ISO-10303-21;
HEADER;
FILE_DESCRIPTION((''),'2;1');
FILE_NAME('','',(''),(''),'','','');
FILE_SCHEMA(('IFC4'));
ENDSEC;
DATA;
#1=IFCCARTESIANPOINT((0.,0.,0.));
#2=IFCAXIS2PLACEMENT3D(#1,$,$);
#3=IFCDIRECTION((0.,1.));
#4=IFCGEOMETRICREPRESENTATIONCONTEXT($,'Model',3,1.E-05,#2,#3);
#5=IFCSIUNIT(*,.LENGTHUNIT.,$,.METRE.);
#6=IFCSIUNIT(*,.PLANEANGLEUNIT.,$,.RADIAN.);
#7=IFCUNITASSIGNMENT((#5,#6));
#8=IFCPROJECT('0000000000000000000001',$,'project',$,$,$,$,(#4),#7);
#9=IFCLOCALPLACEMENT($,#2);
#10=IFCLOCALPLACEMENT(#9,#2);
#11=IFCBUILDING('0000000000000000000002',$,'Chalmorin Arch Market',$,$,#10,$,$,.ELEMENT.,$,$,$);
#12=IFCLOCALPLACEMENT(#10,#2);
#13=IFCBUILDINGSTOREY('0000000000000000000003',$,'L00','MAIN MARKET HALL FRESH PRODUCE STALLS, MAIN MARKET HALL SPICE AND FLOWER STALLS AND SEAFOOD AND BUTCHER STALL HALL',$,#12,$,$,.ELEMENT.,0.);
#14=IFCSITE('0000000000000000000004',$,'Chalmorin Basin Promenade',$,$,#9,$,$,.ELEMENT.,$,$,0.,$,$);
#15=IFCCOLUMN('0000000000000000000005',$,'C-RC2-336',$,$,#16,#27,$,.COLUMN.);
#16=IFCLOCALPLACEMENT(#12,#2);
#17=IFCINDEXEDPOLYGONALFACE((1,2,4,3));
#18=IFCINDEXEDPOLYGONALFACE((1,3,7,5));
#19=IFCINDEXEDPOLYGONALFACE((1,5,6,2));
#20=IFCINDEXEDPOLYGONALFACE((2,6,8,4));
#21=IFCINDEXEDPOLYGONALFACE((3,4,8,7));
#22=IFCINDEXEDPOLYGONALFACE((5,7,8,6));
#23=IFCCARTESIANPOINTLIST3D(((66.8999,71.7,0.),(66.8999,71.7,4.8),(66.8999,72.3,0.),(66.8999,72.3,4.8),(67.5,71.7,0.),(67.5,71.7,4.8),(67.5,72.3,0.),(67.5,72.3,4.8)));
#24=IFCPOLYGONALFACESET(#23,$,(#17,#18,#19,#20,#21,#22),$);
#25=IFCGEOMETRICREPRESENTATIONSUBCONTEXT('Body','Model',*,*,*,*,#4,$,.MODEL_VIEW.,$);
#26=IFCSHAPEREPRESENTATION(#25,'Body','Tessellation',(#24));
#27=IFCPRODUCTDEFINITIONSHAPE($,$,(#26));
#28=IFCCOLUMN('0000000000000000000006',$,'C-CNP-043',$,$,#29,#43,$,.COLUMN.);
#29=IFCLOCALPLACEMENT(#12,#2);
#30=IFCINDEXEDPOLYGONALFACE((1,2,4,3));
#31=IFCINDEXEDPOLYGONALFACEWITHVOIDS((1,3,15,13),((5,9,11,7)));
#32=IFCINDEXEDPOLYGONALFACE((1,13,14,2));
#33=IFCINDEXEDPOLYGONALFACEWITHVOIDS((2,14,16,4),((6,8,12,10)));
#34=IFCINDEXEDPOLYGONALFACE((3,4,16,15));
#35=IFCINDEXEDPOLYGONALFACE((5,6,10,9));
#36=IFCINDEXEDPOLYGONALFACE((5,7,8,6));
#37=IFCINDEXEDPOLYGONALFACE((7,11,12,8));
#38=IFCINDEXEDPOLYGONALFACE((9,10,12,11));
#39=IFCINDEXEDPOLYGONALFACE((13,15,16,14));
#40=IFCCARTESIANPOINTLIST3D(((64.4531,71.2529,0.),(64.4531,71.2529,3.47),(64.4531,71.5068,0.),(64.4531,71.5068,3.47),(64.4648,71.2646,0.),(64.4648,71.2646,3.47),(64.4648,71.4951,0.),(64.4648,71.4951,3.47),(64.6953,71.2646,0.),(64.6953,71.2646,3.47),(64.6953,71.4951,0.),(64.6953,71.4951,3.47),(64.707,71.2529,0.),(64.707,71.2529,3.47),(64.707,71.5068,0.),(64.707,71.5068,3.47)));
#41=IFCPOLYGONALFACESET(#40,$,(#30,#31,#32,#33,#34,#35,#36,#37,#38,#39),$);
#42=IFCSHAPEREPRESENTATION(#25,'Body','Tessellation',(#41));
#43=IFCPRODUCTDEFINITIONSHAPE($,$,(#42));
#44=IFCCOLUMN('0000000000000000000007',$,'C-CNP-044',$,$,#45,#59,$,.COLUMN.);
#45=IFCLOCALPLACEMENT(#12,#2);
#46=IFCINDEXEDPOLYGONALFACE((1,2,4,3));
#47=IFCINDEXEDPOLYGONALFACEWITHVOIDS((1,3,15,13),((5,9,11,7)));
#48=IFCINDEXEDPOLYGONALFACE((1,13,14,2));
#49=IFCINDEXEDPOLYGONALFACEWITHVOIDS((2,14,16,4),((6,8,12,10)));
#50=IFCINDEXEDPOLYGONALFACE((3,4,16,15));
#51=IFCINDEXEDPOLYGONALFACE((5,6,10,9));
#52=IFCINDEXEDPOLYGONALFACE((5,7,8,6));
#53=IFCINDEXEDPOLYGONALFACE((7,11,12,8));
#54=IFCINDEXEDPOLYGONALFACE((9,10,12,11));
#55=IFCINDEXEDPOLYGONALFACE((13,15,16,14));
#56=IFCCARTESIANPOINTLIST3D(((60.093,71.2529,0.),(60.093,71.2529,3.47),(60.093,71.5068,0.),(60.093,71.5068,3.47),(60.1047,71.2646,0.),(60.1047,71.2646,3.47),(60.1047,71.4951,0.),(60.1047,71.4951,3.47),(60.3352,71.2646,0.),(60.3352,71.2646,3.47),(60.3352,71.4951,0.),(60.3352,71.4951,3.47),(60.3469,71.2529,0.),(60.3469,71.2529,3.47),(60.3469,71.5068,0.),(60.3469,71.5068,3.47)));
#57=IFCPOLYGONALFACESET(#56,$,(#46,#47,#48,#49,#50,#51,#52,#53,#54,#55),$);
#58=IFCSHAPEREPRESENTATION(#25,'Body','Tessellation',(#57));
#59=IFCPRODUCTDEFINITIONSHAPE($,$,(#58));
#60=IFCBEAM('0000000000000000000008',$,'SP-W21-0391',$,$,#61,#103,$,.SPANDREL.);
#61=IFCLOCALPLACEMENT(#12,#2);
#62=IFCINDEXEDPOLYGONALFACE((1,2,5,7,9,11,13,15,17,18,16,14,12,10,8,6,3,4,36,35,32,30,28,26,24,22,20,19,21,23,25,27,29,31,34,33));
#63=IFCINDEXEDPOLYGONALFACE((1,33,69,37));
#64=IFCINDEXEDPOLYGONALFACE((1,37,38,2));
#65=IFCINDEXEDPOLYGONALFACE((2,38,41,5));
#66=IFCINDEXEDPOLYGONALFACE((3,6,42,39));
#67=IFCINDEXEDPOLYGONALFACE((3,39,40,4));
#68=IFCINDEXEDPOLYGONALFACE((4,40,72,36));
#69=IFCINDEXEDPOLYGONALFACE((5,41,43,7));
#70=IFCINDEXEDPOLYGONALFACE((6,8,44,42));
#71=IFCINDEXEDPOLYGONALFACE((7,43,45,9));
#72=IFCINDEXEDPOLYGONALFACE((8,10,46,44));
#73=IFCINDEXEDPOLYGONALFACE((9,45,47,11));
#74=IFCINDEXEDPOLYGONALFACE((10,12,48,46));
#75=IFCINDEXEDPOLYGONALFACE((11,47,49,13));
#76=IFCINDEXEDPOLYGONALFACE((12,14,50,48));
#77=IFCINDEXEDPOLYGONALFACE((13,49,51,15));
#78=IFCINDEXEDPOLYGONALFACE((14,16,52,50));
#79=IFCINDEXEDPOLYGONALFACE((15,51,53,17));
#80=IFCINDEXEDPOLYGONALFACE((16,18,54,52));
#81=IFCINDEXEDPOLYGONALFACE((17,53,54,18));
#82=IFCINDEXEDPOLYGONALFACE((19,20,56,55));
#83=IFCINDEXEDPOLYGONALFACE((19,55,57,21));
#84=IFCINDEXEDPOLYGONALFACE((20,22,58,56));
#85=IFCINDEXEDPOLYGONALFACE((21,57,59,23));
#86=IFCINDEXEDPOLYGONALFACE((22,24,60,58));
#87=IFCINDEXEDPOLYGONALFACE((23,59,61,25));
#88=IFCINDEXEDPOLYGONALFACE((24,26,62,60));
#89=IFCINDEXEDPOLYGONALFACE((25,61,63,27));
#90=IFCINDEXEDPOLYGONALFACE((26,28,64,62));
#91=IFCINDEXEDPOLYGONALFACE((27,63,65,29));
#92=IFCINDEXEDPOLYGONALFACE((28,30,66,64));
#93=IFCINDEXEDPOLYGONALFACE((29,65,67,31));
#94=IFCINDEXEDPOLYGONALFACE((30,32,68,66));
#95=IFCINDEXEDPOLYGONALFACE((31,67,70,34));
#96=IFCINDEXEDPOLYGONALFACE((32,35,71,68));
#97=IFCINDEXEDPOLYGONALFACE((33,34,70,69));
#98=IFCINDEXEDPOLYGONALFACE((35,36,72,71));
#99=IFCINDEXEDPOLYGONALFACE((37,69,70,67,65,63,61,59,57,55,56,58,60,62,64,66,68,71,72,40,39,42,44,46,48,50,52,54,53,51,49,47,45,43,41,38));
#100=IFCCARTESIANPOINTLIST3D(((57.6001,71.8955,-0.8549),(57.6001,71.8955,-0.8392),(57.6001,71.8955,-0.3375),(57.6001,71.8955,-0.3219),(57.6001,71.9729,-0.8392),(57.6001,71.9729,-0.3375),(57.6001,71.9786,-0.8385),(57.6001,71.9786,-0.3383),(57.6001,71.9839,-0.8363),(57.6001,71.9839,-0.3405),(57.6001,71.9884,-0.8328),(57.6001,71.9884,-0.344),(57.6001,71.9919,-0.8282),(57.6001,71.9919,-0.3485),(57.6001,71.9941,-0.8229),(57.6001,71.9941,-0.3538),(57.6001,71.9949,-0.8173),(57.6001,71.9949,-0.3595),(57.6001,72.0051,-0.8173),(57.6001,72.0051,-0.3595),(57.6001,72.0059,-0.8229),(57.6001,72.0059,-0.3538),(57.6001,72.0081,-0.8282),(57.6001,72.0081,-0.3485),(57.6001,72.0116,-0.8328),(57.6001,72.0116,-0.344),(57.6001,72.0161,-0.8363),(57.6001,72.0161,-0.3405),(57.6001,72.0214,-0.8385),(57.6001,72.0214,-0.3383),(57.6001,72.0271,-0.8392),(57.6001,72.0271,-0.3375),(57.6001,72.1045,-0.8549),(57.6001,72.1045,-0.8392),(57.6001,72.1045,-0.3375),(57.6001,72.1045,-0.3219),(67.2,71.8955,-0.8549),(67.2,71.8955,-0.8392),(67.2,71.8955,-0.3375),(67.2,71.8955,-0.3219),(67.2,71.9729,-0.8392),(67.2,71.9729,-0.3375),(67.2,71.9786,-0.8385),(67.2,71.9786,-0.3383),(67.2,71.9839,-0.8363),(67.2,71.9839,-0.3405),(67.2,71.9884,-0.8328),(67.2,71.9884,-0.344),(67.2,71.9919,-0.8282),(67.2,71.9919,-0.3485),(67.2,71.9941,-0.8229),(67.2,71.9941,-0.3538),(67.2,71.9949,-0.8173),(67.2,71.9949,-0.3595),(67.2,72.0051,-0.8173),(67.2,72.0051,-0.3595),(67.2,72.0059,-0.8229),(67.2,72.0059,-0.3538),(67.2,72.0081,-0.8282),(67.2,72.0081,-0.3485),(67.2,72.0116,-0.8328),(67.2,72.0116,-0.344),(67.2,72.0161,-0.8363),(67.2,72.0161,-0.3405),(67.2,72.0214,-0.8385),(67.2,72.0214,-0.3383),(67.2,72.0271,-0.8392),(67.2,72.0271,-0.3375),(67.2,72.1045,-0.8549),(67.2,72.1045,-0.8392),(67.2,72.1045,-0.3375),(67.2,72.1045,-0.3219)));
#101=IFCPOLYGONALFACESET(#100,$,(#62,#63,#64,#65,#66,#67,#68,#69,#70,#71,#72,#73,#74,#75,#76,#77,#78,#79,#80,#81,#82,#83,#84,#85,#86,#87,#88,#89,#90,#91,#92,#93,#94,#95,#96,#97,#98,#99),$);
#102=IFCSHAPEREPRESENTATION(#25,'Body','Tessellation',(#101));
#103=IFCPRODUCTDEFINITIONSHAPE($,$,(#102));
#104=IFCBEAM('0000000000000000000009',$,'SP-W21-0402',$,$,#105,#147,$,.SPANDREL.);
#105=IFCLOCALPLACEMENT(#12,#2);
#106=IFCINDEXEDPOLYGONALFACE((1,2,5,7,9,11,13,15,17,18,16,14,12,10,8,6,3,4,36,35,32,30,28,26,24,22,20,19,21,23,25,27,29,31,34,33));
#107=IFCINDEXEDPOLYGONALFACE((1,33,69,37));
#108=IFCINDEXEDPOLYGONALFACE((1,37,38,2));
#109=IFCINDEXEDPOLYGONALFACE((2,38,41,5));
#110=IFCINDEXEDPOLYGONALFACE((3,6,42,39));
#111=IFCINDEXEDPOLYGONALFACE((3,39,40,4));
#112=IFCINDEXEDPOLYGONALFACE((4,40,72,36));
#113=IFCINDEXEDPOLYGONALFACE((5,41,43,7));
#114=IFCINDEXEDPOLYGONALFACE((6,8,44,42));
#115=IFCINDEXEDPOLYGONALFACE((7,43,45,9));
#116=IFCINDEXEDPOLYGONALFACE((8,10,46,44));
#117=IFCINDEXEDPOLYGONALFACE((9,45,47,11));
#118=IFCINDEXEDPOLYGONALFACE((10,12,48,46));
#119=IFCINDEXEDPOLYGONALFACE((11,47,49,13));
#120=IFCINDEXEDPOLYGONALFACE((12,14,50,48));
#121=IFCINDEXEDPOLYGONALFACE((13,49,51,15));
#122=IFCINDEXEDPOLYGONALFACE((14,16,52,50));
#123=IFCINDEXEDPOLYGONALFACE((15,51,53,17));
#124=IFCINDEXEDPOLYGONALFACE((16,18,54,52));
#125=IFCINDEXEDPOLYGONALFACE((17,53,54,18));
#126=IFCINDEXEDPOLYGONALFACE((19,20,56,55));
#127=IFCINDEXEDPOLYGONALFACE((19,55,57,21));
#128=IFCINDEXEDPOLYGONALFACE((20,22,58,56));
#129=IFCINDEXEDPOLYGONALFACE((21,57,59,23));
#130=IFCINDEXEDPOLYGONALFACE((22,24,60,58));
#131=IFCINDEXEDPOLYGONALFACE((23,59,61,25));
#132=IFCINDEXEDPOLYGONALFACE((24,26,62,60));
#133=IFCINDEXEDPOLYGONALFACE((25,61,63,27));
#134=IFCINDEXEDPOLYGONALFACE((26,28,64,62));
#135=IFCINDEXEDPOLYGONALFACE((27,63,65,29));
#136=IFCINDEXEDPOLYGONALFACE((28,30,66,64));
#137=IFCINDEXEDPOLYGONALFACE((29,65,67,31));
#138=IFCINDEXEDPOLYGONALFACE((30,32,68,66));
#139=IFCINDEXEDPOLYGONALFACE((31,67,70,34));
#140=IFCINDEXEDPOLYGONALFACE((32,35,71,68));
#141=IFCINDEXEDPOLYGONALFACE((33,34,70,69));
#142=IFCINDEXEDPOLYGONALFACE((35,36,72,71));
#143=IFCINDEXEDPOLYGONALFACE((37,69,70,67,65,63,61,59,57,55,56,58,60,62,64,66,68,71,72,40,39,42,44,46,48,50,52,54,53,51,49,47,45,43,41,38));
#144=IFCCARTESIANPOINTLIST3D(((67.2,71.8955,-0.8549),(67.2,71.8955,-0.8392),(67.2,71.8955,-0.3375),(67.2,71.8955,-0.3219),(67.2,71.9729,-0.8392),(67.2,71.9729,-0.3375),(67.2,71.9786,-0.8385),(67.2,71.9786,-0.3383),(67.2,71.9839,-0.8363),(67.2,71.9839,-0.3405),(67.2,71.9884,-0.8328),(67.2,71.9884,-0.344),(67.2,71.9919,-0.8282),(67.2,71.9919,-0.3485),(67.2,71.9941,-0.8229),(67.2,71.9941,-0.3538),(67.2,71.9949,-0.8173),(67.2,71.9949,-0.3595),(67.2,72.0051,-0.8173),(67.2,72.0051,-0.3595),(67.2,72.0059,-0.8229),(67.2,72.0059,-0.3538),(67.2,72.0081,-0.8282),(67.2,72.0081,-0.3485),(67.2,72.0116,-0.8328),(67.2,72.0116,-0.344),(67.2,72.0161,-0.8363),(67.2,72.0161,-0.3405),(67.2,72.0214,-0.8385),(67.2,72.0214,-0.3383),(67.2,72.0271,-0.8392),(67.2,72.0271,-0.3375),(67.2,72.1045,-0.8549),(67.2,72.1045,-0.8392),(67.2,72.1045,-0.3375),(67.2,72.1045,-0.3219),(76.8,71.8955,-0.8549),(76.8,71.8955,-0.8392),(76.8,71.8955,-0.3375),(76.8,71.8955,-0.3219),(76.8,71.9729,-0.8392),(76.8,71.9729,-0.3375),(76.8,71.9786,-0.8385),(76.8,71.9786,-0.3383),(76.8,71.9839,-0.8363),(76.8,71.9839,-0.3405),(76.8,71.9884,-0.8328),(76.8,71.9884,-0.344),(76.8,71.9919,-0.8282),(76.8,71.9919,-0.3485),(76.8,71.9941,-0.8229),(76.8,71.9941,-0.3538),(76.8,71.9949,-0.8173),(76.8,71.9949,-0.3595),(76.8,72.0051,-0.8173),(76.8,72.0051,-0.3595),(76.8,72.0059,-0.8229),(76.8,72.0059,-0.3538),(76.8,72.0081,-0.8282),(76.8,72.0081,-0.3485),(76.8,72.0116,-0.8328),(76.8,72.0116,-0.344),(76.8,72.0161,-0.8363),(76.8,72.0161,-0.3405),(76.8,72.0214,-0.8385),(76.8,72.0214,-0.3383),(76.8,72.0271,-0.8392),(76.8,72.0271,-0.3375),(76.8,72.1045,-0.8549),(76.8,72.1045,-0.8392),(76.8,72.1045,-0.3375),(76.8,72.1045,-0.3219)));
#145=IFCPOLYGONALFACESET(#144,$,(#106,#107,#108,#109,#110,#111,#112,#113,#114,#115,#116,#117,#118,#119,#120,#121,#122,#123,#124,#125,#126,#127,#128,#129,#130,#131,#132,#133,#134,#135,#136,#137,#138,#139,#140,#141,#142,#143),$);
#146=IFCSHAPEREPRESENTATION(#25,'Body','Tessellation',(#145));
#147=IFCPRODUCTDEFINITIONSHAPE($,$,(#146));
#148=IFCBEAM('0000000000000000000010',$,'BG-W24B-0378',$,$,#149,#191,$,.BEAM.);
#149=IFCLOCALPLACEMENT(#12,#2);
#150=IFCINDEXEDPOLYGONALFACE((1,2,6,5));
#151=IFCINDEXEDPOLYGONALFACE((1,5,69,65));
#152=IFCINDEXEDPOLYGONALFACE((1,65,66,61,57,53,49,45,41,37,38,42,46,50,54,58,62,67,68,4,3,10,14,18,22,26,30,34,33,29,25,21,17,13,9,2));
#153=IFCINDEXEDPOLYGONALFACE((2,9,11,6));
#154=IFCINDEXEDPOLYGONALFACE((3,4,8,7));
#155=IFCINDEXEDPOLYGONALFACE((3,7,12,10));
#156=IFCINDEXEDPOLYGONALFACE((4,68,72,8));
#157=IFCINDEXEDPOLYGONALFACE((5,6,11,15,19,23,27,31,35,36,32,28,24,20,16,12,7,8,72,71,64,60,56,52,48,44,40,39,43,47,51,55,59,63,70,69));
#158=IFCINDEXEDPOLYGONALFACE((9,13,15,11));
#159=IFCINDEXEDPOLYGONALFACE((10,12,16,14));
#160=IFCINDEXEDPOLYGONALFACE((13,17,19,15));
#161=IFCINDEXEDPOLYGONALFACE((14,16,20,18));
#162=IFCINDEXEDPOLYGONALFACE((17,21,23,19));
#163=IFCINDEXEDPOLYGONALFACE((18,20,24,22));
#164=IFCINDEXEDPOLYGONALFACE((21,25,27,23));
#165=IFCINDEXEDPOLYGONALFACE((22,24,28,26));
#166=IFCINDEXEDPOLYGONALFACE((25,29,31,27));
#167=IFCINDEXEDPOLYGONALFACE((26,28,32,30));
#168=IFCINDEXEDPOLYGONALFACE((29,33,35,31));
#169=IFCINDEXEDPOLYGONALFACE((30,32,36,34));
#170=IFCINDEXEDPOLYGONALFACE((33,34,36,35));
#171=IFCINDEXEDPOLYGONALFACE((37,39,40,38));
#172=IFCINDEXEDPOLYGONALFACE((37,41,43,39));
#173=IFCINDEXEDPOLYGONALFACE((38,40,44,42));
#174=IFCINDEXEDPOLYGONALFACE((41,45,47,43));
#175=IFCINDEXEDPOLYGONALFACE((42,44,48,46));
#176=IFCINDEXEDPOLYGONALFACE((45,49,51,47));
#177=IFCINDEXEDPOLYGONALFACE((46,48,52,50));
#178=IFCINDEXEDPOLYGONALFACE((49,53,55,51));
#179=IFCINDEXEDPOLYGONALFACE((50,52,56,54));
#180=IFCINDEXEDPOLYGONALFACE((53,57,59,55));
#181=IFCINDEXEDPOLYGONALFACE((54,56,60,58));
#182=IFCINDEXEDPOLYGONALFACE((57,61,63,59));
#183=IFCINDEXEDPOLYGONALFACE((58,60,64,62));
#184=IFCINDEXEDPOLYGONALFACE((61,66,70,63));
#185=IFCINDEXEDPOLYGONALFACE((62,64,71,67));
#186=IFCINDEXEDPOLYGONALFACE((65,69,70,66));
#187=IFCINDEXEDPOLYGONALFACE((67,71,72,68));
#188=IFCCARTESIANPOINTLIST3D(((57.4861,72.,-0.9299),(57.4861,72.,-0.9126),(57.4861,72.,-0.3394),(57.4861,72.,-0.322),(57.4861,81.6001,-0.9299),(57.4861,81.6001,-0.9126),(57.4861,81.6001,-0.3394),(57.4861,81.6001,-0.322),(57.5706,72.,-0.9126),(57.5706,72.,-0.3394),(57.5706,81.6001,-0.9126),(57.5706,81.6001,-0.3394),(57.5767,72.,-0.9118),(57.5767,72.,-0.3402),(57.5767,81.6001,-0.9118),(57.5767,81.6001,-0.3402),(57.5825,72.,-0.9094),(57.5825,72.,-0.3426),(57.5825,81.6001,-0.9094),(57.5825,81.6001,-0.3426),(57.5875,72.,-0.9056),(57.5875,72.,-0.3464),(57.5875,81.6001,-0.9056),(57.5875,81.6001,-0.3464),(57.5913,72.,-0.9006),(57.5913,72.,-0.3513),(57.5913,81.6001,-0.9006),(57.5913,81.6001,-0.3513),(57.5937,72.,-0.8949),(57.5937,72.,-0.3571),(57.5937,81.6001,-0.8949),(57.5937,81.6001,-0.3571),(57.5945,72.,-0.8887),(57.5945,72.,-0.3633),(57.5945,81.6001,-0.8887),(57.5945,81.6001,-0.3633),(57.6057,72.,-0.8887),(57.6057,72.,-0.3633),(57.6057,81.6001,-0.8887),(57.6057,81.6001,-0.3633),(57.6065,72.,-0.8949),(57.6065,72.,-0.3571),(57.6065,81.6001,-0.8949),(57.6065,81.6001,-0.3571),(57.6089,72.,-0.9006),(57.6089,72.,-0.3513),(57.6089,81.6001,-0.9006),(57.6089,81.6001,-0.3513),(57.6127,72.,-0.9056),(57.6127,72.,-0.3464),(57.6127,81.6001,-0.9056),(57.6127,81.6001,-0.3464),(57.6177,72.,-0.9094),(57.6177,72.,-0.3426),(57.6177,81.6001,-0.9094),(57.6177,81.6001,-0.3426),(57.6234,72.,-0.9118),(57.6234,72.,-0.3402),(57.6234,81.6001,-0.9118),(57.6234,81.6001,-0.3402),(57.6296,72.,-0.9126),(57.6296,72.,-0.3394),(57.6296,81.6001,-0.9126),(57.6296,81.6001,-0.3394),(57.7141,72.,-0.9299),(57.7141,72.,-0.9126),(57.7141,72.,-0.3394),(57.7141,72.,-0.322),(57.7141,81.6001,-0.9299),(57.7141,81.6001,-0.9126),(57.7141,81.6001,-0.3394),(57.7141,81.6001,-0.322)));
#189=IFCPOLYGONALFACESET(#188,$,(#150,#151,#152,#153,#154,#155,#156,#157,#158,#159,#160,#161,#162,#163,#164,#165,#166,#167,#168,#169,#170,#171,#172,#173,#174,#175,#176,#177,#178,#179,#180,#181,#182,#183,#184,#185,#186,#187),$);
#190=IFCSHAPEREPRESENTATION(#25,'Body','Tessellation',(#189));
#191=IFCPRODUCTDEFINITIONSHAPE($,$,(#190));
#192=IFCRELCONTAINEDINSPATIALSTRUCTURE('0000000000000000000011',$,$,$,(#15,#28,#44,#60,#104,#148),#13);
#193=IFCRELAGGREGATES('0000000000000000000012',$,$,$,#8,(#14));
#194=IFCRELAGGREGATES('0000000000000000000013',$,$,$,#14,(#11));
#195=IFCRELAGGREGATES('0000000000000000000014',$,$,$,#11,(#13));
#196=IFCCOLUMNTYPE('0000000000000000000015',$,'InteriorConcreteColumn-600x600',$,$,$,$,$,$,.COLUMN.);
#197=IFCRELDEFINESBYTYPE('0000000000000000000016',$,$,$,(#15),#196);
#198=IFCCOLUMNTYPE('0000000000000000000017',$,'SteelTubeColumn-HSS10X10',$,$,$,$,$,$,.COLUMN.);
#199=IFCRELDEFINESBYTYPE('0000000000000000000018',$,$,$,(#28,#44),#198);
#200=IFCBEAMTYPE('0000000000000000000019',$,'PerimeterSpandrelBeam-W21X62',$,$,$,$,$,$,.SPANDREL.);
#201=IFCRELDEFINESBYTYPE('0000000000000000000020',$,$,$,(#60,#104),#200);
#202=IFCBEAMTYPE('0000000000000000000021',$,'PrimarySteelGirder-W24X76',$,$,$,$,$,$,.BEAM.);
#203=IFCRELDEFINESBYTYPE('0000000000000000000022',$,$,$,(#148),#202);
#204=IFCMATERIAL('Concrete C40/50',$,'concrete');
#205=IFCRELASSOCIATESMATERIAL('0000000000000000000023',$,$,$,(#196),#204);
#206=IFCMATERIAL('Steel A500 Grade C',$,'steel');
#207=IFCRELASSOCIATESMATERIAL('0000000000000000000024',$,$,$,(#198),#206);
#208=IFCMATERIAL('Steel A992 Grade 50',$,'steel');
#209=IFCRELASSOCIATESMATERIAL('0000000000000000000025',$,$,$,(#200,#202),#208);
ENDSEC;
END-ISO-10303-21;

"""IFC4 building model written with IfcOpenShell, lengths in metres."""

from ifc_helpers import new_model, si_unit, direction, frame, origin, origin_2d, place, context, subcontext, project, spatial, rectangle, hollow_rectangle, i_section, extrude, material, material_profile, profile_set, type_object, element, save


model = new_model("IFC4")

# Units and contexts
model_context = context("Model", 3, precision=1e-05, world=origin(), true_north=direction((0.0, 1.0)))
body_context = subcontext(model_context, "Body", "Model", "MODEL_VIEW")
ifc_project = project(units=[si_unit("LENGTHUNIT", "METRE"), si_unit("PLANEANGLEUNIT", "RADIAN")], contexts=[model_context])

# Site, building, storey
site_placement = place(None, origin())
site = spatial("IfcSite", under=ifc_project, at=site_placement, Name="Chalmorin Basin Promenade", CompositionType="ELEMENT", RefElevation=0.0)
building_placement = place(site_placement, origin())
building = spatial("IfcBuilding", under=site, at=building_placement, Name="Chalmorin Arch Market", CompositionType="ELEMENT")
storey_placement = place(building_placement, origin())
storey = spatial("IfcBuildingStorey", under=building, at=storey_placement, Name="L00", Description="MAIN MARKET HALL FRESH PRODUCE STALLS, MAIN MARKET HALL SPICE AND FLOWER STALLS AND SEAFOOD AND BUTCHER STALL HALL", CompositionType="ELEMENT", Elevation=0.0)

# Columns
ifc_material_1 = material(Name="Concrete C40/50", Category="concrete")
ifc_material_profile_1 = material_profile(ifc_material_1, rectangle(XDim=0.6001, YDim=0.6001, at=origin_2d()), Name="RC600X600")
ifc_profile_set_1 = profile_set([ifc_material_profile_1], Name="Concrete C40/50")
column_type_1 = type_object("IfcColumnType", Name="InteriorConcreteColumn-600x600", PredefinedType="COLUMN", material=ifc_profile_set_1)
column_placement = place(storey_placement, frame((67.2, 72.0, 0.0), z_axis=(0.0, 0.0, 1.0), x_axis=(1.0, 0.0, 0.0)))
element("IfcColumn", 1, at=column_placement, inside=storey, type_object=column_type_1, Name="C-RC2-336", PredefinedType="COLUMN", context=body_context, shape_type="SweptSolid", body=[
    extrude(rectangle(XDim=0.6001, YDim=0.6001, at=origin_2d()), origin(), (0.0, 0.0, 1.0), 4.8),
])
ifc_material_2 = material(Name="Steel A500 Grade C", Category="steel")
ifc_material_profile_2 = material_profile(ifc_material_2, hollow_rectangle(XDim=0.2539, YDim=0.2539, WallThickness=0.0117, at=origin_2d()), Name="HSS10X10X1/2")
ifc_profile_set_2 = profile_set([ifc_material_profile_2], Name="Steel A500 Grade C")
column_type_2 = type_object("IfcColumnType", Name="SteelTubeColumn-HSS10X10", PredefinedType="COLUMN", material=ifc_profile_set_2)
for number, where, z_axis, x_axis, name in (
    (2, (64.5801, 71.3799, 0.0), (0.0, 0.0, 1.0), (1.0, 0.0, 0.0), "C-CNP-043"),
    (3, (60.22, 71.3799, 0.0), (0.0, 0.0, 1.0), (1.0, 0.0, 0.0), "C-CNP-044"),
):
    element("IfcColumn", number, at=place(storey_placement, frame(where, z_axis=z_axis, x_axis=x_axis)), inside=storey, type_object=column_type_2, Name=name, PredefinedType="COLUMN", context=body_context, shape_type="SweptSolid", body=[
        extrude(hollow_rectangle(XDim=0.2539, YDim=0.2539, WallThickness=0.0117, at=origin_2d()), origin(), (0.0, 0.0, 1.0), 3.47),
    ])

# Beams
ifc_material_3 = material(Name="Steel A992 Grade 50", Category="steel")
ifc_material_profile_3 = material_profile(ifc_material_3, i_section(OverallWidth=0.209, OverallDepth=0.533, WebThickness=0.0103, FlangeThickness=0.0156, FilletRadius=0.022, at=origin_2d()), Name="W21X62")
ifc_profile_set_3 = profile_set([ifc_material_profile_3], Name="Steel A992 Grade 50")
beam_type_1 = type_object("IfcBeamType", Name="PerimeterSpandrelBeam-W21X62", PredefinedType="SPANDREL", material=ifc_profile_set_3)
beam_1_placement = place(storey_placement, frame((57.6001, 72.0, -0.5884), z_axis=(1.0, 0.0, 0.0), x_axis=(0.0, 1.0, 0.0)))
element("IfcBeam", 4, at=beam_1_placement, inside=storey, type_object=beam_type_1, Name="SP-W21-0391", PredefinedType="SPANDREL", context=body_context, shape_type="SweptSolid", body=[
    extrude(i_section(OverallWidth=0.209, OverallDepth=0.533, WebThickness=0.0103, FlangeThickness=0.0156, FilletRadius=0.022, at=origin_2d()), origin(), (0.0, 0.0, 1.0), 9.5999),
])
beam_2_placement = place(storey_placement, frame((67.2, 72.0, -0.5884), z_axis=(1.0, 0.0, 0.0), x_axis=(0.0, 1.0, 0.0)))
element("IfcBeam", 5, at=beam_2_placement, inside=storey, type_object=beam_type_1, Name="SP-W21-0402", PredefinedType="SPANDREL", context=body_context, shape_type="SweptSolid", body=[
    extrude(i_section(OverallWidth=0.209, OverallDepth=0.533, WebThickness=0.0103, FlangeThickness=0.0156, FilletRadius=0.022, at=origin_2d()), origin(), (0.0, 0.0, 1.0), 9.6001),
])
ifc_material_profile_4 = material_profile(ifc_material_3, i_section(OverallWidth=0.228, OverallDepth=0.6079, WebThickness=0.0112, FlangeThickness=0.0173, FilletRadius=0.0239, at=origin_2d()), Name="W24X76")
ifc_profile_set_4 = profile_set([ifc_material_profile_4], Name="Steel A992 Grade 50")
beam_type_2 = type_object("IfcBeamType", Name="PrimarySteelGirder-W24X76", PredefinedType="BEAM", material=ifc_profile_set_4)
for number, where, z_axis, x_axis, name in (
    (6, (57.6001, 72.0, -0.626), (0.0, 1.0, 0.0), (-1.0, 0.0, 0.0), "BG-W24B-0378"),
):
    element("IfcBeam", number, at=place(storey_placement, frame(where, z_axis=z_axis, x_axis=x_axis)), inside=storey, type_object=beam_type_2, Name=name, PredefinedType="BEAM", context=body_context, shape_type="SweptSolid", body=[
        extrude(i_section(OverallWidth=0.228, OverallDepth=0.6079, WebThickness=0.0112, FlangeThickness=0.0173, FilletRadius=0.0239, at=origin_2d()), origin(), (0.0, 0.0, 1.0), 9.6001),
    ])

save(model, "model.ifc")
